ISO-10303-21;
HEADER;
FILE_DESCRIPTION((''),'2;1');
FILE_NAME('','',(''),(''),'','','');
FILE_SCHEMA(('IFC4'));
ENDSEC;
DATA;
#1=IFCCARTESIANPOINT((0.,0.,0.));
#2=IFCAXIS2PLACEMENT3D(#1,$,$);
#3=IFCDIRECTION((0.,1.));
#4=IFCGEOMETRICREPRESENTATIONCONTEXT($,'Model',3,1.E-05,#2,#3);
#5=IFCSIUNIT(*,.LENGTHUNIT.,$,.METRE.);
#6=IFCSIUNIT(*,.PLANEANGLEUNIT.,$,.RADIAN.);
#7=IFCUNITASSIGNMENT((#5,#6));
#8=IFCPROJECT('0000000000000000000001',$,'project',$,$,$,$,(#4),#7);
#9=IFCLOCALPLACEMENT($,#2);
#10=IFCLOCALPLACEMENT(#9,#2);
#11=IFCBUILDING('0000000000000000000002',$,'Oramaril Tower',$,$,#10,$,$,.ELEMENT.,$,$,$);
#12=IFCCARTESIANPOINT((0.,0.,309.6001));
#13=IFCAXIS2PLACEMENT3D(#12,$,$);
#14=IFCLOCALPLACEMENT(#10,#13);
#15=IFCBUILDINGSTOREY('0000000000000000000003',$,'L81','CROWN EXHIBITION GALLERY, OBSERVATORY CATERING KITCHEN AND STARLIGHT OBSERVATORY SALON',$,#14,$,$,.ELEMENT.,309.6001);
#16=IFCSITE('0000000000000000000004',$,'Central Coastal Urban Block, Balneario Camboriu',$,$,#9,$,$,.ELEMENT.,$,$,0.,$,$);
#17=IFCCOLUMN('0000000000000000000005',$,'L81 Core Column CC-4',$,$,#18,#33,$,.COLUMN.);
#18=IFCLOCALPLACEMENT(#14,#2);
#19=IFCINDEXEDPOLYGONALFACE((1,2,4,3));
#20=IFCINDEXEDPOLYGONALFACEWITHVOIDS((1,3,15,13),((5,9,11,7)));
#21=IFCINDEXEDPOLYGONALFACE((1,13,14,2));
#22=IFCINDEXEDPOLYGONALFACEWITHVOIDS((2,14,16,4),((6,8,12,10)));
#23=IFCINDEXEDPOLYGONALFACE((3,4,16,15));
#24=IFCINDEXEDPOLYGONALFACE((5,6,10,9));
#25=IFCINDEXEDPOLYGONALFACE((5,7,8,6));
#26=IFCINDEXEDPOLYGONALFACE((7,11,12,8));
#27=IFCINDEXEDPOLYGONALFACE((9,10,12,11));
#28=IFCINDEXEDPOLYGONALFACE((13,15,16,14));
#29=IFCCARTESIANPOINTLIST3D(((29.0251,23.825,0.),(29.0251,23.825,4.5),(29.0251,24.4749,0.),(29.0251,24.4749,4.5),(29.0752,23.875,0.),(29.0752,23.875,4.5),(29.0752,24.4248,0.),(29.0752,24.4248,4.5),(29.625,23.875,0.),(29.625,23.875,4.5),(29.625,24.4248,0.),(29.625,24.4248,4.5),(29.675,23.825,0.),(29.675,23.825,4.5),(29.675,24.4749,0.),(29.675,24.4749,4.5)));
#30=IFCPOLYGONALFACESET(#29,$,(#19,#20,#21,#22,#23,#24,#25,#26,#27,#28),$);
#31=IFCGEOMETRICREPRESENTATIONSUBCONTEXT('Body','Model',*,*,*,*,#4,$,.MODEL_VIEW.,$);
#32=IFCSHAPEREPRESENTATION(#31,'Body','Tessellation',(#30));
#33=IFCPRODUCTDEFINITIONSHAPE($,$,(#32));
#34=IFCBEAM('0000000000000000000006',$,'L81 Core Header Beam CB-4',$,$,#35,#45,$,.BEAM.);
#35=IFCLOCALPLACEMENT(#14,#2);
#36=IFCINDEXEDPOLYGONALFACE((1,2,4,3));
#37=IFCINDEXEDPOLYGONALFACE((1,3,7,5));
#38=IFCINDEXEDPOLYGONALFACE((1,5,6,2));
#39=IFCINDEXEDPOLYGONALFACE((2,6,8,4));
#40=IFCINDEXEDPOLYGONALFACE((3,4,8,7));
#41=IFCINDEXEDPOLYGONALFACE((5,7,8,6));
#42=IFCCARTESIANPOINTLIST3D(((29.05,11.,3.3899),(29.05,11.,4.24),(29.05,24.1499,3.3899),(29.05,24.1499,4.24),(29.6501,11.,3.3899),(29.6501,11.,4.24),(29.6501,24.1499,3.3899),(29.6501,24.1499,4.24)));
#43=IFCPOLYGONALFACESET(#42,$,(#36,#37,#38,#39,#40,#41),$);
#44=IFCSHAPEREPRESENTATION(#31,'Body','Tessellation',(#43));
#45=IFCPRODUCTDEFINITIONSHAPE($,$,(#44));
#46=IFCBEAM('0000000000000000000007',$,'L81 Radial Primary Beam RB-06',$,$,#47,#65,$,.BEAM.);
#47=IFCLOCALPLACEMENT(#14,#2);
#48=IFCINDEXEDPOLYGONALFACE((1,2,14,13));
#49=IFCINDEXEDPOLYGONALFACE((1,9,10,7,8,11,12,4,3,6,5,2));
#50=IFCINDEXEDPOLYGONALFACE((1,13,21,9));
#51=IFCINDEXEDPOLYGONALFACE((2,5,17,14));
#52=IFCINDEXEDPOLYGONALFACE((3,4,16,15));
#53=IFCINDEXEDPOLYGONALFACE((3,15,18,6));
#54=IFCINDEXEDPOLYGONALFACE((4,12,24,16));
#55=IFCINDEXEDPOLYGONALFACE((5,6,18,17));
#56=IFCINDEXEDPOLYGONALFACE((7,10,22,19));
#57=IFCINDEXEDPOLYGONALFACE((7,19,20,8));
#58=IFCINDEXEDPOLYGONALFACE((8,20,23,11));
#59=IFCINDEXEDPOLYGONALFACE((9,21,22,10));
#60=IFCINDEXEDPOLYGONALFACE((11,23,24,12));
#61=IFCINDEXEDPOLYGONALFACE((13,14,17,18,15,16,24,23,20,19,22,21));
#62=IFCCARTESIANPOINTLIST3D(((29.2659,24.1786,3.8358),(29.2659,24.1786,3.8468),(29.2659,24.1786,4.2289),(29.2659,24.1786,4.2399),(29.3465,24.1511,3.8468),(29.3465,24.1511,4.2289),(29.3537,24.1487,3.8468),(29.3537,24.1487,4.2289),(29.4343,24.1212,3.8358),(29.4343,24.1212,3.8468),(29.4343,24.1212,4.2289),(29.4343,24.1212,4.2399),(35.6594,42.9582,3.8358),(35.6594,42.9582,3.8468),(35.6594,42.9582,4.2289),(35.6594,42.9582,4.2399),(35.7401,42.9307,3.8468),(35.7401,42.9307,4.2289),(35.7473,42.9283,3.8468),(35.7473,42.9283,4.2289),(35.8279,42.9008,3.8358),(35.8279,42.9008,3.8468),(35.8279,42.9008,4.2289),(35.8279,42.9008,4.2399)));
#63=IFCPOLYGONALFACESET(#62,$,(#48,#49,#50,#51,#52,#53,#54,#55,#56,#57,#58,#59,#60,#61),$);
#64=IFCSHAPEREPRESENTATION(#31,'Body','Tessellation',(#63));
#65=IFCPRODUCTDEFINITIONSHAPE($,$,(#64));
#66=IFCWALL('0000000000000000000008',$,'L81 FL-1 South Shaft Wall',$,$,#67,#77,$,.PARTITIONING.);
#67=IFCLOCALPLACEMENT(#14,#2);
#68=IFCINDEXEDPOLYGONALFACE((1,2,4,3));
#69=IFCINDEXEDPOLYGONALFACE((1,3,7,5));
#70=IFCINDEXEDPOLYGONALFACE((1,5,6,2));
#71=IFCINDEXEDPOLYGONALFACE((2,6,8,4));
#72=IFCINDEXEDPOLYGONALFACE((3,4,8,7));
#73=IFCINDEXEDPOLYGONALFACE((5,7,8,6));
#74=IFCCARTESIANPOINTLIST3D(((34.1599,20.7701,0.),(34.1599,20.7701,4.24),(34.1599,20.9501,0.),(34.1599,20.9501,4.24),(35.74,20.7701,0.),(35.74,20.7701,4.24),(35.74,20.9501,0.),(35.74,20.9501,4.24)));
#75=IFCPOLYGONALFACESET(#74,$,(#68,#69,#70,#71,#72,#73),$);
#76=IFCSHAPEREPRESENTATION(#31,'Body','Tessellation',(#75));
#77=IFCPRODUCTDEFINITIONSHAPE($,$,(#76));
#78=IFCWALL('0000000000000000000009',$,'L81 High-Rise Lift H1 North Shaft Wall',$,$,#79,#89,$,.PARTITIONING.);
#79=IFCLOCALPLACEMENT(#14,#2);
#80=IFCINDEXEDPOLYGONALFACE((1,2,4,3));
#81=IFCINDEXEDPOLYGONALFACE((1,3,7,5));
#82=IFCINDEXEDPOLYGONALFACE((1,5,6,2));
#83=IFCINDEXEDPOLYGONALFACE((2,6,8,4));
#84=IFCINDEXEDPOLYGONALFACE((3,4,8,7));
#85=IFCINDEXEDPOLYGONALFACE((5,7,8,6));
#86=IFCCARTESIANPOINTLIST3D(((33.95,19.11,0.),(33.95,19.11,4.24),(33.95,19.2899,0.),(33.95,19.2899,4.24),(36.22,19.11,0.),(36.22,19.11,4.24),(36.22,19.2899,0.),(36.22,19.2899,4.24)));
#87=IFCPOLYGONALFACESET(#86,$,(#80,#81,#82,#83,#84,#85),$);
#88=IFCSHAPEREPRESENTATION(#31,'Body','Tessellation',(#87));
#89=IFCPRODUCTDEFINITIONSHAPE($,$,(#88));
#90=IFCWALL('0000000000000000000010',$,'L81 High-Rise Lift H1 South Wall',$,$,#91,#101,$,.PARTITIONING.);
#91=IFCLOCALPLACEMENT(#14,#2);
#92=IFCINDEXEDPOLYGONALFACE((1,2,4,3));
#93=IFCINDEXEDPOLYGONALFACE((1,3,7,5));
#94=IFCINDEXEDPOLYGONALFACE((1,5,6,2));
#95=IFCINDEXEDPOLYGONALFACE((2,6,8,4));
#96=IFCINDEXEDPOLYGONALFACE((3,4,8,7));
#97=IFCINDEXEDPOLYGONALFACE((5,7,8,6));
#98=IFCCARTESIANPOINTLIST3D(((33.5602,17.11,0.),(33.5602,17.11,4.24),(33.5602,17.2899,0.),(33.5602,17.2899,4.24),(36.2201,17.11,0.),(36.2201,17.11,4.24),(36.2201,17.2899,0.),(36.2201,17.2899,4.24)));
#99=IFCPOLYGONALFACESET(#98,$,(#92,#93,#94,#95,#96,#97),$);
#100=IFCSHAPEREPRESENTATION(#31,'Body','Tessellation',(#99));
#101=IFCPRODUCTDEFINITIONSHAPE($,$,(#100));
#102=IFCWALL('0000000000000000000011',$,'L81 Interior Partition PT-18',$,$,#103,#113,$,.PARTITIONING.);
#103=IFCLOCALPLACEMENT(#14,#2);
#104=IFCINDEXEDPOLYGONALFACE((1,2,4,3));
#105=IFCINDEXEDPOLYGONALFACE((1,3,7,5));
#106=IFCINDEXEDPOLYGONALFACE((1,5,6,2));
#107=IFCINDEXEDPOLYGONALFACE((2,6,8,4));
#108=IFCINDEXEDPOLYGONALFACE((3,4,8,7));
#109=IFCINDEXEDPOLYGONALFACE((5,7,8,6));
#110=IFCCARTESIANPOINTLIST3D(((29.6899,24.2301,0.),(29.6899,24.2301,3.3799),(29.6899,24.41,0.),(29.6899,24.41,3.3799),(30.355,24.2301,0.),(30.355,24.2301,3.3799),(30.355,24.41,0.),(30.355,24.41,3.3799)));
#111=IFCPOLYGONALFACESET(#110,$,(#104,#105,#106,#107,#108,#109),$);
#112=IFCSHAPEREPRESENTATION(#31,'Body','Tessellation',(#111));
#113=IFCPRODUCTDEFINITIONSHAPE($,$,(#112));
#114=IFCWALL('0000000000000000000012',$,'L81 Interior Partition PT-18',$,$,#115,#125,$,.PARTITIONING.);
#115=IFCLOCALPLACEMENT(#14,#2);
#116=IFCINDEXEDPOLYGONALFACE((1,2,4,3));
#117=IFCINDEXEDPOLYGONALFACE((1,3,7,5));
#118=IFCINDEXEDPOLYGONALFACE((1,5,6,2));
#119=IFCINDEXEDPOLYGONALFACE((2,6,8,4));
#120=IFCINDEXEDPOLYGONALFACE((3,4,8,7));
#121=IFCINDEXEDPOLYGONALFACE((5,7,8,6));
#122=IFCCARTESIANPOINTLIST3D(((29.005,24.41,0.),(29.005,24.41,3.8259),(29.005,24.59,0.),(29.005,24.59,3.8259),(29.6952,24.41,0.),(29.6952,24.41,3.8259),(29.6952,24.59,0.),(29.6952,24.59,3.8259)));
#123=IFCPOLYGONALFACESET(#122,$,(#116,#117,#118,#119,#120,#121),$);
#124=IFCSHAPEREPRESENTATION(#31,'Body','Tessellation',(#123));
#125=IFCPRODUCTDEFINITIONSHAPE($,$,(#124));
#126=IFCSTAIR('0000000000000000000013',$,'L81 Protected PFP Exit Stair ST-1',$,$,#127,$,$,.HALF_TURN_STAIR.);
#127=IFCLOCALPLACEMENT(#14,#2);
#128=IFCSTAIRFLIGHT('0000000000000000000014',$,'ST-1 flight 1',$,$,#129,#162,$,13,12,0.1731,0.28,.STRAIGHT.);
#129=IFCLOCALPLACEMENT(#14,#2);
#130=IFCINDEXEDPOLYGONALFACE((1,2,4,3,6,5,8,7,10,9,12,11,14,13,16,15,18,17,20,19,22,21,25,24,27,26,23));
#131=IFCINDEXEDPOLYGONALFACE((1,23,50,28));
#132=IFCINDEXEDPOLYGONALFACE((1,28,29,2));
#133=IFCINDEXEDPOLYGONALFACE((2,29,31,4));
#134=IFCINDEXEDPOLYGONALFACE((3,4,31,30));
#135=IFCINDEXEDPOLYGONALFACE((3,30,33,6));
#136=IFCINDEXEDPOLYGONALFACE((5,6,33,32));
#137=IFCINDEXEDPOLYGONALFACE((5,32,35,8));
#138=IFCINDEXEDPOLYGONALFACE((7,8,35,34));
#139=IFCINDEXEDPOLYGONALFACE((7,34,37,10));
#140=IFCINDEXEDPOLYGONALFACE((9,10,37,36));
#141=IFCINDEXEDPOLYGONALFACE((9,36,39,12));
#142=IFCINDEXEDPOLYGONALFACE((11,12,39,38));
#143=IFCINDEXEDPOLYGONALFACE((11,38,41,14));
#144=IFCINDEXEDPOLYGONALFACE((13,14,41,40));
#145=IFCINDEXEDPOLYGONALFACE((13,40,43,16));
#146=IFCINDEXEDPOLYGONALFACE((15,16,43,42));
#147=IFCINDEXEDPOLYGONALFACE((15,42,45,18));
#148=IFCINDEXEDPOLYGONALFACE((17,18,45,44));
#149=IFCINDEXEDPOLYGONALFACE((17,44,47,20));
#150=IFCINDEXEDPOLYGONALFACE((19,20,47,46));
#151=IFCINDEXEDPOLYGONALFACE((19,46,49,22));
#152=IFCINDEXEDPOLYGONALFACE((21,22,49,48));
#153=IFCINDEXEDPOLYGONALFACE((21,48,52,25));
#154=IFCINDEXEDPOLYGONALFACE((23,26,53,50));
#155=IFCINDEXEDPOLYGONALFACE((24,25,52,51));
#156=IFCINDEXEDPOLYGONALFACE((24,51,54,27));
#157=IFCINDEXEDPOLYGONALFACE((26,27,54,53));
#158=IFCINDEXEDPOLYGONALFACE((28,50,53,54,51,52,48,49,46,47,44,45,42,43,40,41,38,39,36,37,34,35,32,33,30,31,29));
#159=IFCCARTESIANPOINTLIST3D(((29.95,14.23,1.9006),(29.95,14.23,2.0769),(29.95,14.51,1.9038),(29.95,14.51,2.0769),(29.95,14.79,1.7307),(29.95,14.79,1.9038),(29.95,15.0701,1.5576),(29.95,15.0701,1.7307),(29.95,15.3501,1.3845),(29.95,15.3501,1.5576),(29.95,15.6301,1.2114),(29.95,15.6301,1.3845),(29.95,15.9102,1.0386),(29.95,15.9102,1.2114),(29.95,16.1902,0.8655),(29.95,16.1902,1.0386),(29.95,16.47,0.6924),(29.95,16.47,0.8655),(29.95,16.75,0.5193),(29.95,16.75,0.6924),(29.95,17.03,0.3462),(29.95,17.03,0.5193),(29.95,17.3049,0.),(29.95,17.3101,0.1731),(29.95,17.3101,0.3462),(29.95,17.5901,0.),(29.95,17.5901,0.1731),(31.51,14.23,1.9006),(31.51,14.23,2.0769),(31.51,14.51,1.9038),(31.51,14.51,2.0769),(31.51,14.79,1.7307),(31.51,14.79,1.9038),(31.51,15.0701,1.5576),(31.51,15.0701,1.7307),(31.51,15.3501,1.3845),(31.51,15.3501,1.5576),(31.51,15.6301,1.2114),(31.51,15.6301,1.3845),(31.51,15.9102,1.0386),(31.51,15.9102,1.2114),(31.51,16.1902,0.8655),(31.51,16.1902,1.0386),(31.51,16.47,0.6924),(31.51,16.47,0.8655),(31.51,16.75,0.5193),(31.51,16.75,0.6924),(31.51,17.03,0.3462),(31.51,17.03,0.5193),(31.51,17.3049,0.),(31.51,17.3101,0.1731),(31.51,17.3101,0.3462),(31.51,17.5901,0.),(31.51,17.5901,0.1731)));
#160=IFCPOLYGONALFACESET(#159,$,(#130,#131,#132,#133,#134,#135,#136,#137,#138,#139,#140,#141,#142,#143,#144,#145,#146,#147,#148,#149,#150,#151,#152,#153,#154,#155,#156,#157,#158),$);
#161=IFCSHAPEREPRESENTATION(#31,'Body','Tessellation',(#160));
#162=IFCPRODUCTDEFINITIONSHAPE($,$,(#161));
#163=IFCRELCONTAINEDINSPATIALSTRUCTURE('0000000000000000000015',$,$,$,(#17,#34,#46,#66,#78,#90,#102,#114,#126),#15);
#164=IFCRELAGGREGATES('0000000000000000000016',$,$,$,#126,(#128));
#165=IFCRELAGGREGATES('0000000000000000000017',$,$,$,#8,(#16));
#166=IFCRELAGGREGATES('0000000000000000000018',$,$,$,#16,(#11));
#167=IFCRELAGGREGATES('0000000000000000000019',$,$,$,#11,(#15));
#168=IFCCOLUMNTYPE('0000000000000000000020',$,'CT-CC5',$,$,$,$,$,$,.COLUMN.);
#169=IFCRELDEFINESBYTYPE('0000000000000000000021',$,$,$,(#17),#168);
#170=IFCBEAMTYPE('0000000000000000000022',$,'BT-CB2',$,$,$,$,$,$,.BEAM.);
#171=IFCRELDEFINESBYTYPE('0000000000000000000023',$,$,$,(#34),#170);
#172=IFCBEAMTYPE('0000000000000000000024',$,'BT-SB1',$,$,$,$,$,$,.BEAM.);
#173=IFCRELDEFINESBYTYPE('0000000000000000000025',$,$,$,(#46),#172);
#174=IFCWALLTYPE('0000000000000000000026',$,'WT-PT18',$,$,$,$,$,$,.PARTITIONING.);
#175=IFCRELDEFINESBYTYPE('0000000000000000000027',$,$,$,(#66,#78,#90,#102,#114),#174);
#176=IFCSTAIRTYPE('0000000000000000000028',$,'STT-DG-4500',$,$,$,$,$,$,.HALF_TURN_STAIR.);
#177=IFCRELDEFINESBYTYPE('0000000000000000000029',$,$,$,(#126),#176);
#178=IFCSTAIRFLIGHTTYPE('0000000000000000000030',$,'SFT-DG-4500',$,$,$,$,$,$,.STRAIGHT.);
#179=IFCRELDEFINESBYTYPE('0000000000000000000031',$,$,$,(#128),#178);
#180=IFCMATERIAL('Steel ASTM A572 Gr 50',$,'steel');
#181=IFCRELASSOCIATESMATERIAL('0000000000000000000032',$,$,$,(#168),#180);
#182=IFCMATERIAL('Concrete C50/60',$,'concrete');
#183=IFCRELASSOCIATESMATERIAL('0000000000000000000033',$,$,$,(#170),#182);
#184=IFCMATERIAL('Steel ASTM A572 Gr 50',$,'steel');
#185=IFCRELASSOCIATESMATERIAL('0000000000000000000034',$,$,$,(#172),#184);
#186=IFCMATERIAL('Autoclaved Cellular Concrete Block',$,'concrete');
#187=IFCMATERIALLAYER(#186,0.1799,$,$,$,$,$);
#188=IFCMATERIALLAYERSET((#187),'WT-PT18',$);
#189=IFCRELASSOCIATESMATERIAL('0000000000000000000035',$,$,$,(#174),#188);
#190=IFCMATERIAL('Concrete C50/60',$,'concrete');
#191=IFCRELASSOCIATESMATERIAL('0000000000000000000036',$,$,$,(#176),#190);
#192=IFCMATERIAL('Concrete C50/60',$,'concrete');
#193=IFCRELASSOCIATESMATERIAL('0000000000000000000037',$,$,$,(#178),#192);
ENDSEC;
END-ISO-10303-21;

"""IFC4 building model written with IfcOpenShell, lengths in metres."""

from ifc_helpers import new_model, si_unit, direction, frame, frame_2d, origin, origin_2d, place, context, subcontext, project, spatial, polyline, rectangle, hollow_rectangle, i_section, outline, extrude, material, layer, layer_set, material_profile, profile_set, type_object, element, aggregate, save


model = new_model("IFC4")

# Units and contexts
model_context = context("Model", 3, precision=1e-05, world=origin(), true_north=direction((0.0, 1.0)))
body_context = subcontext(model_context, "Body", "Model", "MODEL_VIEW")
ifc_project = project(units=[si_unit("LENGTHUNIT", "METRE"), si_unit("PLANEANGLEUNIT", "RADIAN")], contexts=[model_context])

# Site, building, storey
site_placement = place(None, origin())
site = spatial("IfcSite", under=ifc_project, at=site_placement, Name="Central Coastal Urban Block, Balneario Camboriu", CompositionType="ELEMENT", RefElevation=0.0)
building_placement = place(site_placement, origin())
building = spatial("IfcBuilding", under=site, at=building_placement, Name="Oramaril Tower", CompositionType="ELEMENT")
storey_placement = place(building_placement, frame((0.0, 0.0, 309.6001)))
storey = spatial("IfcBuildingStorey", under=building, at=storey_placement, Name="L81", Description="CROWN EXHIBITION GALLERY, OBSERVATORY CATERING KITCHEN AND STARLIGHT OBSERVATORY SALON", CompositionType="ELEMENT", Elevation=309.6001)

# Column
ifc_material_1 = material(Name="Steel ASTM A572 Gr 50", Category="steel")
ifc_material_profile_1 = material_profile(ifc_material_1, hollow_rectangle(XDim=0.6499, YDim=0.6499, WallThickness=0.05, at=origin_2d()), Name="BOX650X650X50")
ifc_profile_set_1 = profile_set([ifc_material_profile_1], Name="Steel ASTM A572 Gr 50")
column_type = type_object("IfcColumnType", Name="CT-CC5", PredefinedType="COLUMN", material=ifc_profile_set_1)
column_placement = place(storey_placement, frame((29.3501, 24.1499, 0.0), z_axis=(0.0, 0.0, 1.0), x_axis=(1.0, 0.0, 0.0)))
element("IfcColumn", 1, at=column_placement, inside=storey, type_object=column_type, Name="L81 Core Column CC-4", PredefinedType="COLUMN", context=body_context, shape_type="SweptSolid", body=[
    extrude(hollow_rectangle(XDim=0.6499, YDim=0.6499, WallThickness=0.05, at=origin_2d()), origin(), (0.0, 0.0, 1.0), 4.5),
])

# Beams
ifc_material_2 = material(Name="Concrete C50/60", Category="concrete")
ifc_material_profile_2 = material_profile(ifc_material_2, rectangle(XDim=0.6001, YDim=0.8501, at=origin_2d()), Name="CB600X850")
ifc_profile_set_2 = profile_set([ifc_material_profile_2], Name="Concrete C50/60")
beam_type_1 = type_object("IfcBeamType", Name="BT-CB2", PredefinedType="BEAM", material=ifc_profile_set_2)
beam_1_placement = place(storey_placement, frame((29.3501, 24.1499, 3.8149), z_axis=(0.0, -1.0, 0.0), x_axis=(1.0, 0.0, 0.0)))
element("IfcBeam", 2, at=beam_1_placement, inside=storey, type_object=beam_type_1, Name="L81 Core Header Beam CB-4", PredefinedType="BEAM", context=body_context, shape_type="SweptSolid", body=[
    extrude(rectangle(XDim=0.6001, YDim=0.8501, at=origin_2d()), origin(), (0.0, 0.0, 1.0), 13.1499),
])
ifc_material_3 = material(Name="Steel ASTM A572 Gr 50", Category="steel")
ifc_material_profile_3 = material_profile(ifc_material_3, i_section(OverallWidth=0.178, OverallDepth=0.4041, WebThickness=0.0076, FlangeThickness=0.011, at=origin_2d()), Name="W16X36")
ifc_profile_set_3 = profile_set([ifc_material_profile_3], Name="Steel ASTM A572 Gr 50")
beam_type_2 = type_object("IfcBeamType", Name="BT-SB1", PredefinedType="BEAM", material=ifc_profile_set_3)
beam_2_placement = place(storey_placement, frame((29.3501, 24.1499, 4.0378), z_axis=(0.322287, 0.946642, 0.0), x_axis=(-0.946642, 0.322287, 0.0)))
element("IfcBeam", 3, at=beam_2_placement, inside=storey, type_object=beam_type_2, Name="L81 Radial Primary Beam RB-06", PredefinedType="BEAM", context=body_context, shape_type="SweptSolid", body=[
    extrude(i_section(OverallWidth=0.178, OverallDepth=0.4041, WebThickness=0.0076, FlangeThickness=0.011, at=origin_2d()), origin(), (0.0, 0.0, 1.0), 19.8381),
])

# Walls
ifc_material_4 = material(Name="Autoclaved Cellular Concrete Block", Category="concrete")
ifc_layer_1 = layer(ifc_material_4, 0.1799)
ifc_layer_set_1 = layer_set([ifc_layer_1], Name="WT-PT18")
wall_type_1 = type_object("IfcWallType", Name="WT-PT18", PredefinedType="PARTITIONING", material=ifc_layer_set_1)
wall_1_placement = place(storey_placement, frame((34.1599, 20.8601, 0.0), z_axis=(0.0, 0.0, 1.0), x_axis=(1.0, 0.0, 0.0)))
element("IfcWall", 4, at=wall_1_placement, inside=storey, type_object=wall_type_1, Name="L81 FL-1 South Shaft Wall", PredefinedType="PARTITIONING", context=body_context, shape_type="SweptSolid", body=[
    extrude(rectangle(XDim=1.5801, YDim=0.1799, at=frame_2d((0.79, 0.0))), origin(), (0.0, 0.0, 1.0), 4.24),
])
wall_2_placement = place(storey_placement, frame((33.95, 19.2, 0.0), z_axis=(0.0, 0.0, 1.0), x_axis=(1.0, 0.0, 0.0)))
element("IfcWall", 5, at=wall_2_placement, inside=storey, type_object=wall_type_1, Name="L81 High-Rise Lift H1 North Shaft Wall", PredefinedType="PARTITIONING", context=body_context, shape_type="SweptSolid", body=[
    extrude(rectangle(XDim=2.27, YDim=0.1799, at=frame_2d((1.135, 0.0))), origin(), (0.0, 0.0, 1.0), 4.24),
])
wall_3_placement = place(storey_placement, frame((33.5601, 17.2, 0.0), z_axis=(0.0, 0.0, 1.0), x_axis=(1.0, 0.0, 0.0)))
element("IfcWall", 6, at=wall_3_placement, inside=storey, type_object=wall_type_1, Name="L81 High-Rise Lift H1 South Wall", PredefinedType="PARTITIONING", context=body_context, shape_type="SweptSolid", body=[
    extrude(rectangle(XDim=2.6599, YDim=0.1799, at=frame_2d((1.3301, 0.0))), origin(), (0.0, 0.0, 1.0), 4.24),
])
wall_4_placement = place(storey_placement, frame((29.6899, 24.3201, 0.0), z_axis=(0.0, 0.0, 1.0), x_axis=(1.0, 0.0, 0.0)))
element("IfcWall", 7, at=wall_4_placement, inside=storey, type_object=wall_type_1, Name="L81 Interior Partition PT-18", PredefinedType="PARTITIONING", context=body_context, shape_type="SweptSolid", body=[
    extrude(rectangle(XDim=0.665, YDim=0.1799, at=frame_2d((0.3325, 0.0))), origin(), (0.0, 0.0, 1.0), 3.3799),
])
wall_5_placement = place(storey_placement, frame((29.0049, 24.5, 0.0), z_axis=(0.0, 0.0, 1.0), x_axis=(1.0, 0.0, 0.0)))
element("IfcWall", 8, at=wall_5_placement, inside=storey, type_object=wall_type_1, Name="L81 Interior Partition PT-18", PredefinedType="PARTITIONING", context=body_context, shape_type="SweptSolid", body=[
    extrude(rectangle(XDim=0.6902, YDim=0.1799, at=frame_2d((0.3452, 0.0))), origin(), (0.0, 0.0, 1.0), 3.8259),
])

# Stair, stair flight
ifc_material_5 = material(Name="Concrete C50/60", Category="concrete")
stair_type = type_object("IfcStairType", Name="STT-DG-4500", PredefinedType="HALF_TURN_STAIR", material=ifc_material_5)
stair_placement = place(storey_placement, origin())
stair = element("IfcStair", 9, at=stair_placement, inside=storey, type_object=stair_type, Name="L81 Protected PFP Exit Stair ST-1", PredefinedType="HALF_TURN_STAIR")
ifc_material_6 = material(Name="Concrete C50/60", Category="concrete")
stair_flight_type = type_object("IfcStairFlightType", Name="SFT-DG-4500", PredefinedType="STRAIGHT", material=ifc_material_6)
stair_flight_1_placement = place(storey_placement, frame((30.73, 17.5901, 0.0), z_axis=(0.0, 0.0, 1.0), x_axis=(0.0, -1.0, 0.0)))
stair_flight_1 = element("IfcStairFlight", 10, at=stair_flight_1_placement, type_object=stair_flight_type, Name="ST-1 flight 1", NumberOfRisers=13, NumberOfTreads=12, PredefinedType="STRAIGHT", RiserHeight=0.1731, TreadLength=0.28, context=body_context, shape_type="SweptSolid", body=[
    extrude(outline(polyline([(0.0, 0.0), (0.0, 0.1731), (0.28, 0.1731), (0.28, 0.3462), (0.5601, 0.3462), (0.5601, 0.5193), (0.8401, 0.5193), (0.8401, 0.6924), (1.1201, 0.6924), (1.1201, 0.8655), (1.3999, 0.8655), (1.3999, 1.0386), (1.6799, 1.0386), (1.6799, 1.2114), (1.96, 1.2114), (1.96, 1.3845), (2.24, 1.3845), (2.24, 1.5576), (2.52, 1.5576), (2.52, 1.7307), (2.8, 1.7307), (2.8, 1.9038), (3.0801, 1.9038), (3.0801, 2.0769), (3.3601, 2.0769), (3.3601, 2.25), (3.3601, 1.9006), (0.2852, 0.0), (0.0, 0.0)])), frame((0.0, 0.78, 0.0), z_axis=(0.0, -1.0, 0.0), x_axis=(1.0, 0.0, 0.0)), (0.0, 0.0, 1.0), 1.5601),
])
aggregate(stair, [stair_flight_1])

save(model, "model.ifc")
